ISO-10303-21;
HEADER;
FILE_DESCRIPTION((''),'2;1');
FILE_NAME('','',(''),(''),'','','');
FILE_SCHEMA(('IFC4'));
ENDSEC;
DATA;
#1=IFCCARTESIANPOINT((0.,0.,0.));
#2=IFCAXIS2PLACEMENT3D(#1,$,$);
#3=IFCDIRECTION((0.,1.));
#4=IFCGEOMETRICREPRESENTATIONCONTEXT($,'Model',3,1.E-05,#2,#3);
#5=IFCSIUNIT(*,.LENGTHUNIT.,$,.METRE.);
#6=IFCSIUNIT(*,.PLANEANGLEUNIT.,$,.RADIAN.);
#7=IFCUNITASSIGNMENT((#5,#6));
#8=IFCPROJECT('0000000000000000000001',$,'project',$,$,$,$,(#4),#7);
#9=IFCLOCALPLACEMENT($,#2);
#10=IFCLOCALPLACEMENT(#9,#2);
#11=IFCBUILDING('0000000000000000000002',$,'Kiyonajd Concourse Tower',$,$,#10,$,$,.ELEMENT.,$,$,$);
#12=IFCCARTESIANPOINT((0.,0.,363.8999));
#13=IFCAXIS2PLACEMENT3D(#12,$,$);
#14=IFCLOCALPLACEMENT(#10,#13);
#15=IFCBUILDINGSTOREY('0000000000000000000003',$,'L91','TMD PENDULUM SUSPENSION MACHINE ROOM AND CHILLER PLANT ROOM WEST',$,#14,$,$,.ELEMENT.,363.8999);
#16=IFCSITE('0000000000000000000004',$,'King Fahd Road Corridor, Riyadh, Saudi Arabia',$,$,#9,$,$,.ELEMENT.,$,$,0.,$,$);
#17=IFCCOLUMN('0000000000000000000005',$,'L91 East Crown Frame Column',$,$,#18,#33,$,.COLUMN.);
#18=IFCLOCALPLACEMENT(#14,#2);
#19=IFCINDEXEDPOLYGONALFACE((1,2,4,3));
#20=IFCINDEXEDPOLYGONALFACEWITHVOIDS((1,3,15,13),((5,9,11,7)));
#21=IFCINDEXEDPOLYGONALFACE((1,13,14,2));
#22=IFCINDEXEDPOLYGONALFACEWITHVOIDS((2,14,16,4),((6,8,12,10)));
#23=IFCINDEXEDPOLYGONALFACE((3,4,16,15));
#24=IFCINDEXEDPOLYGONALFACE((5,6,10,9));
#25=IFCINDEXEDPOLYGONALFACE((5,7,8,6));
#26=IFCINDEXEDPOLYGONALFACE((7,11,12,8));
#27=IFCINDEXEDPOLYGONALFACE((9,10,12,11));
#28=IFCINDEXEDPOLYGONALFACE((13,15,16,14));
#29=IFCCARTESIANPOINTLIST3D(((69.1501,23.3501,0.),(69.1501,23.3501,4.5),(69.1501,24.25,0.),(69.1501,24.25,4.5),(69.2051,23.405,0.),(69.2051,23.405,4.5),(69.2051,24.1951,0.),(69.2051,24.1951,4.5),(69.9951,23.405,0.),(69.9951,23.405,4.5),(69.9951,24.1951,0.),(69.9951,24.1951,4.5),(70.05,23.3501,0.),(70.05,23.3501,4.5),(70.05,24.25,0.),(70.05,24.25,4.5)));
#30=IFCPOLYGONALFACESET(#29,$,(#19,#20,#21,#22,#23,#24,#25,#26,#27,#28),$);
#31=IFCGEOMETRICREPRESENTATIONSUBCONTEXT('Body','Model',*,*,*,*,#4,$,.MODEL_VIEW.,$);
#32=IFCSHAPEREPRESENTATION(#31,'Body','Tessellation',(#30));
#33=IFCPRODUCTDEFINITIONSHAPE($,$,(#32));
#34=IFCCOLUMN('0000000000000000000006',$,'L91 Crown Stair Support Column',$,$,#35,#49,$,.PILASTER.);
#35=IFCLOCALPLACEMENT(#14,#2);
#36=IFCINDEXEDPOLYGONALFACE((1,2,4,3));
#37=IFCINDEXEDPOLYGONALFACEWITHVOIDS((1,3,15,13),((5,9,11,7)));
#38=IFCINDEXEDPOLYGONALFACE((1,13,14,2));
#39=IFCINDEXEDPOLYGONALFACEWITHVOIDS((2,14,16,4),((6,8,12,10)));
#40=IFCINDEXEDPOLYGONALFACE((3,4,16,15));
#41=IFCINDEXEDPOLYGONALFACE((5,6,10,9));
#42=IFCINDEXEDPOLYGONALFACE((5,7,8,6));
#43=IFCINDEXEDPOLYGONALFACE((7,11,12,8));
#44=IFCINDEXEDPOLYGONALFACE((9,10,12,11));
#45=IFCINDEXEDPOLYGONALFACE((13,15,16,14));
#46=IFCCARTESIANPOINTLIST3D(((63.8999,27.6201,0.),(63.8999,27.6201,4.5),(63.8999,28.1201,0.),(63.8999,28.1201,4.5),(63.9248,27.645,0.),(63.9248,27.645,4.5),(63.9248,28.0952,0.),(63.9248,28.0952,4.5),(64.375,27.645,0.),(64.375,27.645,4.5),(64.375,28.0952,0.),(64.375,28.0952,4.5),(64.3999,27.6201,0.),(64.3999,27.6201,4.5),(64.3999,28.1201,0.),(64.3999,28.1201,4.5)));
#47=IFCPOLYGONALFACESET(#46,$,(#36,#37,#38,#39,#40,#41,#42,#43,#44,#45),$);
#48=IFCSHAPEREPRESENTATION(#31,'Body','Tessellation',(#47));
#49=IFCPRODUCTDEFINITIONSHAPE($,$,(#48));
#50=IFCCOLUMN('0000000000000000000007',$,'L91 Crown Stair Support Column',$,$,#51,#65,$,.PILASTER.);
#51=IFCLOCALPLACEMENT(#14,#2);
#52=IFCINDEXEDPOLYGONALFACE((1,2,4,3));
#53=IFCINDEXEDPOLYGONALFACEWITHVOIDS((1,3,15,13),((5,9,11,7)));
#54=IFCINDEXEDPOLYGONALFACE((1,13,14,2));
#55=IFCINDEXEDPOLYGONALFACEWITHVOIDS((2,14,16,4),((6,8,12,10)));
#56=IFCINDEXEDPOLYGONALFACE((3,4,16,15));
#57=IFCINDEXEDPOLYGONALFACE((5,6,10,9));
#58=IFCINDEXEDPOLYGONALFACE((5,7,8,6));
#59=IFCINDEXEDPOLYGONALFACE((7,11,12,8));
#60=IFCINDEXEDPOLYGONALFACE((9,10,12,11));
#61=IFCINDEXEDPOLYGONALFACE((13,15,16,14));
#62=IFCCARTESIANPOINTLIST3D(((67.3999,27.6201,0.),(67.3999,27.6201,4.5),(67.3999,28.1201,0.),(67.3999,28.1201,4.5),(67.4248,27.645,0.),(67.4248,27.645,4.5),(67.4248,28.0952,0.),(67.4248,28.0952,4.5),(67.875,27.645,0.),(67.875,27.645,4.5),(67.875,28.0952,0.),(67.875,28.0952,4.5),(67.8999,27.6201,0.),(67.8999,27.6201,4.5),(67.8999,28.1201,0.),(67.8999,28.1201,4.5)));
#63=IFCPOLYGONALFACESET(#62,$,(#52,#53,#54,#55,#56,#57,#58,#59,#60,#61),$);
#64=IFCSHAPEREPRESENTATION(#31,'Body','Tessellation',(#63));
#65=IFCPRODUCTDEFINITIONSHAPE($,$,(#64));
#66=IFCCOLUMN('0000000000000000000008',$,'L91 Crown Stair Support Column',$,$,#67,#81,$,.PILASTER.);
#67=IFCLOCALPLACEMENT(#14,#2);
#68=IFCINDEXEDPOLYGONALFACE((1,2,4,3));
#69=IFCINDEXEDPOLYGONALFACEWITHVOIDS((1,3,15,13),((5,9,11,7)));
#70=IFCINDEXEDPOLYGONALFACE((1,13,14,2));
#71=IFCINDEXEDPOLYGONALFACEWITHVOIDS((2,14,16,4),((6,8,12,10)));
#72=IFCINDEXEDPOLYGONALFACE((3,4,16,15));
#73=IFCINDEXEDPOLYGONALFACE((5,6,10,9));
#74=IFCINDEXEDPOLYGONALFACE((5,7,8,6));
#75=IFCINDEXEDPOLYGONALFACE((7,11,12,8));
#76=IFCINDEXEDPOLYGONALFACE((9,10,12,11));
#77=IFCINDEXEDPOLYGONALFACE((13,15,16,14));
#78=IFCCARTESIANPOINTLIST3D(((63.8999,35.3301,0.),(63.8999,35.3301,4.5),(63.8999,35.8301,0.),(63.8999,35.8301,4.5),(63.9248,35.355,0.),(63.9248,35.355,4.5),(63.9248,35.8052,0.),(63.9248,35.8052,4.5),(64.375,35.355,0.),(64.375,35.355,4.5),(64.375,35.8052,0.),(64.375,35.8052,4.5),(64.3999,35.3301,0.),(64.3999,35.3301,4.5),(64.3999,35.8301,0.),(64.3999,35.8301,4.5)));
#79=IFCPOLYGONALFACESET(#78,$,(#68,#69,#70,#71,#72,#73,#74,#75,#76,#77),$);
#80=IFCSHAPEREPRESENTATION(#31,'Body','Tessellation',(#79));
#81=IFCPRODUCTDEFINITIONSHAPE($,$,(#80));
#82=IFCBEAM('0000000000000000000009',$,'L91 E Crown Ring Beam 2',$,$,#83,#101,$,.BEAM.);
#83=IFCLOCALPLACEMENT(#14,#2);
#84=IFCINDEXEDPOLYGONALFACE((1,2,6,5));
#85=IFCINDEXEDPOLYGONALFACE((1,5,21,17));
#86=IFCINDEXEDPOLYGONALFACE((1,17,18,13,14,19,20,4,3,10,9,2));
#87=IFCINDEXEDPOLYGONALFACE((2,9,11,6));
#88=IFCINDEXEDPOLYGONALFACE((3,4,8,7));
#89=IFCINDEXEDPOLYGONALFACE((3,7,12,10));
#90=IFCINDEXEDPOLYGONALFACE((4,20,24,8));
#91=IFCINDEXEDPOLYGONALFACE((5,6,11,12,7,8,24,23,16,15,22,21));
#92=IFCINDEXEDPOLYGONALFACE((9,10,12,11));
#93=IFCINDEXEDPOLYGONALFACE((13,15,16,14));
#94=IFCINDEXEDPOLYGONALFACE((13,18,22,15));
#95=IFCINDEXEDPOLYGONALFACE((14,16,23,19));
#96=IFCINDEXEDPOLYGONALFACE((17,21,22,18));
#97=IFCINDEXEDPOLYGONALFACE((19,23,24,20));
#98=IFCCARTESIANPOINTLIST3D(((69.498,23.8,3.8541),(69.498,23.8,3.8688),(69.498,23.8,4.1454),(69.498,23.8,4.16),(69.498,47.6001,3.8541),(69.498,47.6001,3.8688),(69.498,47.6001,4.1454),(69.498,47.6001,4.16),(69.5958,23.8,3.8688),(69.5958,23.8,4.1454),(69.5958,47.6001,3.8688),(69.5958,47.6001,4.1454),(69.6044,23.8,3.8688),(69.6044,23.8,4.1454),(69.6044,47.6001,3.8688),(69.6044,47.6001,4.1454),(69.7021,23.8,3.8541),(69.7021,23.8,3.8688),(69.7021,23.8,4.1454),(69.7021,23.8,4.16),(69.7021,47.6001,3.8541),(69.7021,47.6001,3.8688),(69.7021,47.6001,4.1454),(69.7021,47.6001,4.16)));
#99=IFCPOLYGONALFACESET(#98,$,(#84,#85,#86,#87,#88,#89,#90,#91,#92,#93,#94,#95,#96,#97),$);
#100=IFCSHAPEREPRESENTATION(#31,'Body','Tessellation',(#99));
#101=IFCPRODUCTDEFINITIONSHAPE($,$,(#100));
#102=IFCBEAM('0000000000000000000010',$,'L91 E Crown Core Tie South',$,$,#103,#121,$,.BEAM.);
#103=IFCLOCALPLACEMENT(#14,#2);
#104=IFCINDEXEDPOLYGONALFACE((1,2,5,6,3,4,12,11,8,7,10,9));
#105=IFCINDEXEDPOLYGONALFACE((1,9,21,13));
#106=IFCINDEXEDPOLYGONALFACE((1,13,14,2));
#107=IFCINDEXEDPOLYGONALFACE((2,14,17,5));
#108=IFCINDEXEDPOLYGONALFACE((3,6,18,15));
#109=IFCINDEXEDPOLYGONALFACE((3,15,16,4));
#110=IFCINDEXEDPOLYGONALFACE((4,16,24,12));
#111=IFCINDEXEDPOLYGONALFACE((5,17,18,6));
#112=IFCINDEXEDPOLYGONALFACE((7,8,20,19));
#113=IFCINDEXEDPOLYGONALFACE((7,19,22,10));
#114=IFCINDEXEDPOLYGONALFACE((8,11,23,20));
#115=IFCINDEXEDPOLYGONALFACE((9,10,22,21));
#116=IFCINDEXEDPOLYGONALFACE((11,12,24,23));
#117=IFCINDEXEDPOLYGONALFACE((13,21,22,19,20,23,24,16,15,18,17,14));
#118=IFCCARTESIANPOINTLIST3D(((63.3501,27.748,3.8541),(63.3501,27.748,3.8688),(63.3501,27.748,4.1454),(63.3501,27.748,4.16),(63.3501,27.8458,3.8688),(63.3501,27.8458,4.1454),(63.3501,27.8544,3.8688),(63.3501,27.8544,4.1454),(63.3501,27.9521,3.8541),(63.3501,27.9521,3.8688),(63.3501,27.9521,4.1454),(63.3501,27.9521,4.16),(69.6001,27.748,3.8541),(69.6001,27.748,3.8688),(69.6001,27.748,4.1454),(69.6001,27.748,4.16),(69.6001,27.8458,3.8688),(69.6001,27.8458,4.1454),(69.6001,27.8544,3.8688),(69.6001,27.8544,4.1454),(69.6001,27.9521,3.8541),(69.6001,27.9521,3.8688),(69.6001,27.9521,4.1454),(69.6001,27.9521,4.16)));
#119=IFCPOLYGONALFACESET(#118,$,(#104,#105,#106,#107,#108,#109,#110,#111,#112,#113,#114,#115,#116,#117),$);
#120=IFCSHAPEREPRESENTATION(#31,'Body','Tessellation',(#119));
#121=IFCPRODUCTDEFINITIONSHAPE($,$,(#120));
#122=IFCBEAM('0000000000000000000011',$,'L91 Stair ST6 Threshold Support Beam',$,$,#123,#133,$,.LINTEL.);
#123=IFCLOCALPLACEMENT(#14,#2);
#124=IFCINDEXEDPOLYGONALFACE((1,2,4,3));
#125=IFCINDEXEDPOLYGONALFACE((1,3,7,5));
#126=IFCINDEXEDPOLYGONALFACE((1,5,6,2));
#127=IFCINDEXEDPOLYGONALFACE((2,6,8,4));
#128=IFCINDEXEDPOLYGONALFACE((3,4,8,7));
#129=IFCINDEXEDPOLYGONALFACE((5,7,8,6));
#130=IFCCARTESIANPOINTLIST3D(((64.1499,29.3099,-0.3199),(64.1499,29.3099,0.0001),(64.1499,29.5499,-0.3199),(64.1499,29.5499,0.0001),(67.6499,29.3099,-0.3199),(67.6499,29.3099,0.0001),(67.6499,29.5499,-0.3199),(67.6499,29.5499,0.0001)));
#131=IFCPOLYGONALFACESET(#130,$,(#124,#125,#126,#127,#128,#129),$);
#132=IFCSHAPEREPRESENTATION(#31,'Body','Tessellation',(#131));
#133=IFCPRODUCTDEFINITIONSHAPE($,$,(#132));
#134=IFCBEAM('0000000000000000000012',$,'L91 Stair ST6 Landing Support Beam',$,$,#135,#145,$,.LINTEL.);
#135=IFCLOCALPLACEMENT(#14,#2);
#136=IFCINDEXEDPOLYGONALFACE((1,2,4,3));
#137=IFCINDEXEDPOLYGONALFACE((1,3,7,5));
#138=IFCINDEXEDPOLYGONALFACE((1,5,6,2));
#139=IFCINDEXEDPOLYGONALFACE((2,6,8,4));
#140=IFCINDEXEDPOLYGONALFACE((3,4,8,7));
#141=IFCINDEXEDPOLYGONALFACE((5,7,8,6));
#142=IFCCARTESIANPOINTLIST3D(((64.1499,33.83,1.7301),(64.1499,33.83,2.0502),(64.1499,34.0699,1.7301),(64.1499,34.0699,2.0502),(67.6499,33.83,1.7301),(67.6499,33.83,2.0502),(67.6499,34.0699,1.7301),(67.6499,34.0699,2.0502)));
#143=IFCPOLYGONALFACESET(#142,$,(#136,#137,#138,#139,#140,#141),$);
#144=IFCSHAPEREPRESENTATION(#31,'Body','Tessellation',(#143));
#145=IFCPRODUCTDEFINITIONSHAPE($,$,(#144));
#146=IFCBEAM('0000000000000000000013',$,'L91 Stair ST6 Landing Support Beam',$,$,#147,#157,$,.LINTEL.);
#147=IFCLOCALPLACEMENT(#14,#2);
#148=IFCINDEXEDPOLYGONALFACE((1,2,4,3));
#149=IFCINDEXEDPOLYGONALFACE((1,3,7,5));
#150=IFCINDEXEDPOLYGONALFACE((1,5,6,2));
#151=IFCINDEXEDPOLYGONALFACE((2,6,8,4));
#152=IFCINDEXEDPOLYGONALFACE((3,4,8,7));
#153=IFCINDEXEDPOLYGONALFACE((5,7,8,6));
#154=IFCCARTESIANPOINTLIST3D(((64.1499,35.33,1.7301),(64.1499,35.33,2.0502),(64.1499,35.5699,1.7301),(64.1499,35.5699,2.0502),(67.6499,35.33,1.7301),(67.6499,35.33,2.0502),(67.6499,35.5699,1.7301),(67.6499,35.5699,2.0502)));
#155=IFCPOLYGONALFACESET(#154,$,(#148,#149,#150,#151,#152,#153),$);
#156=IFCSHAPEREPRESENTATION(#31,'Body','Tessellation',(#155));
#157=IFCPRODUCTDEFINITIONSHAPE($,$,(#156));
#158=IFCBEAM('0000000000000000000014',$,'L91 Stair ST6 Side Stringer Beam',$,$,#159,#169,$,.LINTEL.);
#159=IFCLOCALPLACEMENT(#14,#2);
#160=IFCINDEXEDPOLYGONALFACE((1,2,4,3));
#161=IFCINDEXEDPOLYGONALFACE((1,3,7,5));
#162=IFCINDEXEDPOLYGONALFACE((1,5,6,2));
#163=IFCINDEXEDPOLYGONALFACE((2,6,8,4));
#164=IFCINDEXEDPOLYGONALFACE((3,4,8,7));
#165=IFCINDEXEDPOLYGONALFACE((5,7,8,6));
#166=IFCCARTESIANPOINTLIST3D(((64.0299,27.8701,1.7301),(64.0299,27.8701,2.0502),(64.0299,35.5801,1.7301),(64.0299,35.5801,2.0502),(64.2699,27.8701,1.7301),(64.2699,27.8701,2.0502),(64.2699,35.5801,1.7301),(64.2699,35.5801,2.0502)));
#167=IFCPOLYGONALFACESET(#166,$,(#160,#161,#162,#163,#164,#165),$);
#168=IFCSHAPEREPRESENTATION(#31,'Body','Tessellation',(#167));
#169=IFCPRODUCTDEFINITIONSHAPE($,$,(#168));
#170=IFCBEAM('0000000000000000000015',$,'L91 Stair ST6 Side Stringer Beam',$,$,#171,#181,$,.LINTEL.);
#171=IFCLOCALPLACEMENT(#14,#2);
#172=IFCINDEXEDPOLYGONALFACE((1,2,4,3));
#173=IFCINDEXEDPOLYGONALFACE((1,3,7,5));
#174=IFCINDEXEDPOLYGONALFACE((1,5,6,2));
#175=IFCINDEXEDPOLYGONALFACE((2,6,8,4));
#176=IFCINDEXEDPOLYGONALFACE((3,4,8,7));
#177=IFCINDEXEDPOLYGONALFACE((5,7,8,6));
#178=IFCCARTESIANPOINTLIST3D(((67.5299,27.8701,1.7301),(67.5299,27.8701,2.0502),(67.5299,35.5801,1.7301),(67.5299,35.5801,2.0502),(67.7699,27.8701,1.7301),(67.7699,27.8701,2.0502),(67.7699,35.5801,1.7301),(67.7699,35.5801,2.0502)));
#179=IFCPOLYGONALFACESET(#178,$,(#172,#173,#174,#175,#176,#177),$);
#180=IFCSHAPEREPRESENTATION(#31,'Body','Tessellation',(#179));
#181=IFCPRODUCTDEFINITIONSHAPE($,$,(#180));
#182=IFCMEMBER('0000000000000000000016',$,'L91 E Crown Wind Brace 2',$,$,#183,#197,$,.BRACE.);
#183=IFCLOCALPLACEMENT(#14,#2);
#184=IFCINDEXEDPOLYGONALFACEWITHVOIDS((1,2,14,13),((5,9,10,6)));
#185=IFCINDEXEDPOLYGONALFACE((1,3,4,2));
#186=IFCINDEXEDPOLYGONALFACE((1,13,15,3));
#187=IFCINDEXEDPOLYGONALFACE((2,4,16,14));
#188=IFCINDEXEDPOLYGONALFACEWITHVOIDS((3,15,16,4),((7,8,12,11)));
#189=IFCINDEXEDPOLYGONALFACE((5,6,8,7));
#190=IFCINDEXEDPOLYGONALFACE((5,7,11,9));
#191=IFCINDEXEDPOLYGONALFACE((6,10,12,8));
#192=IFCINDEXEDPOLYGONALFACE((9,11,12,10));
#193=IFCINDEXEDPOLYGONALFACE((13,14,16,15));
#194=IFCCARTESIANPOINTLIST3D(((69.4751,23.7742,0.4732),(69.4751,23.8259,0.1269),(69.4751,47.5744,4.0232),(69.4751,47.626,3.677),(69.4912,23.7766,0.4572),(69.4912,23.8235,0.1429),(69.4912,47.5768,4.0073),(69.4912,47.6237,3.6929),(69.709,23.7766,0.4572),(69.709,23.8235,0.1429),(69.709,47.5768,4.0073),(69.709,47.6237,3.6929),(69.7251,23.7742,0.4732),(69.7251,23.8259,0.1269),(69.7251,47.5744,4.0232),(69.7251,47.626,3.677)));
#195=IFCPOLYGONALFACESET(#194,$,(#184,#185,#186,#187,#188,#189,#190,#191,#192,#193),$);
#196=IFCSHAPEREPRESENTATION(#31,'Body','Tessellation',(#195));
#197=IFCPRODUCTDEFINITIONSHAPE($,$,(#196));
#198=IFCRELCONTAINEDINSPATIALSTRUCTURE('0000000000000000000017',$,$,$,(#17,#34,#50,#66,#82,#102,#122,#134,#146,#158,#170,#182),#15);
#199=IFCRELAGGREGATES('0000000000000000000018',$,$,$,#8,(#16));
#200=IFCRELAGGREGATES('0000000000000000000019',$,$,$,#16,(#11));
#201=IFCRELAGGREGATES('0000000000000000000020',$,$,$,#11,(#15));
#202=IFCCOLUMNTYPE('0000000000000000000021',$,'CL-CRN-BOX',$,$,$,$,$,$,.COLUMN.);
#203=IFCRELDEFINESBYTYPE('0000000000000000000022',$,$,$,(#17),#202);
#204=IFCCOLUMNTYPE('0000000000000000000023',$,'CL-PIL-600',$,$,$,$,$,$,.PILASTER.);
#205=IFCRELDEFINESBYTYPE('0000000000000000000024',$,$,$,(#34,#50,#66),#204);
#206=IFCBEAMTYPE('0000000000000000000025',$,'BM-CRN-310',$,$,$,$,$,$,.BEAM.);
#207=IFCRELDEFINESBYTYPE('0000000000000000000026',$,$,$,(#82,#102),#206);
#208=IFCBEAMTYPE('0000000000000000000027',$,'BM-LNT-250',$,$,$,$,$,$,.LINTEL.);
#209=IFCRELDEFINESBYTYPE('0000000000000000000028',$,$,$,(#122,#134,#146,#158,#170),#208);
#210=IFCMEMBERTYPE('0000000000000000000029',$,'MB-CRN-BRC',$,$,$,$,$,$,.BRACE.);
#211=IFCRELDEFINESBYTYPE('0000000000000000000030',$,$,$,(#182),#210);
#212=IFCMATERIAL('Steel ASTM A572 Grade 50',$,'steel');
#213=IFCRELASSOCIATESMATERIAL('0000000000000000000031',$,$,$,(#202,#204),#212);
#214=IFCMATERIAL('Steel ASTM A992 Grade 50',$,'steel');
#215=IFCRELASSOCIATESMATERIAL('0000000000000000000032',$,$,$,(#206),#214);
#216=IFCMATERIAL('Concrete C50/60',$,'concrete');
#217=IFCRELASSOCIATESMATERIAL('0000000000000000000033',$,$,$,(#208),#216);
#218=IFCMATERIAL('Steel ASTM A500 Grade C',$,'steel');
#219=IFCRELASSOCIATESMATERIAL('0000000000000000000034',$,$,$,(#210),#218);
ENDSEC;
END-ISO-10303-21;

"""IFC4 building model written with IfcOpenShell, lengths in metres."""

from ifc_helpers import new_model, si_unit, direction, frame, origin, origin_2d, place, context, subcontext, project, spatial, rectangle, hollow_rectangle, i_section, extrude, material, material_profile, profile_set, type_object, element, save


model = new_model("IFC4")

# Units and contexts
model_context = context("Model", 3, precision=1e-05, world=origin(), true_north=direction((0.0, 1.0)))
body_context = subcontext(model_context, "Body", "Model", "MODEL_VIEW")
ifc_project = project(units=[si_unit("LENGTHUNIT", "METRE"), si_unit("PLANEANGLEUNIT", "RADIAN")], contexts=[model_context])

# Site, building, storey
site_placement = place(None, origin())
site = spatial("IfcSite", under=ifc_project, at=site_placement, Name="King Fahd Road Corridor, Riyadh, Saudi Arabia", CompositionType="ELEMENT", RefElevation=0.0)
building_placement = place(site_placement, origin())
building = spatial("IfcBuilding", under=site, at=building_placement, Name="Kiyonajd Concourse Tower", CompositionType="ELEMENT")
storey_placement = place(building_placement, frame((0.0, 0.0, 363.8999)))
storey = spatial("IfcBuildingStorey", under=building, at=storey_placement, Name="L91", Description="TMD PENDULUM SUSPENSION MACHINE ROOM AND CHILLER PLANT ROOM WEST", CompositionType="ELEMENT", Elevation=363.8999)

# Columns
ifc_material_1 = material(Name="Steel ASTM A572 Grade 50", Category="steel")
ifc_material_profile_1 = material_profile(ifc_material_1, hollow_rectangle(XDim=0.8999, YDim=0.8999, WallThickness=0.0549, at=origin_2d()), Name="BOX-900x900x55")
ifc_profile_set_1 = profile_set([ifc_material_profile_1], Name="Steel ASTM A572 Grade 50")
column_type_1 = type_object("IfcColumnType", Name="CL-CRN-BOX", PredefinedType="COLUMN", material=ifc_profile_set_1)
column_placement = place(storey_placement, frame((69.6001, 23.8, 0.0), z_axis=(0.0, 0.0, 1.0), x_axis=(1.0, 0.0, 0.0)))
element("IfcColumn", 1, at=column_placement, inside=storey, type_object=column_type_1, Name="L91 East Crown Frame Column", PredefinedType="COLUMN", context=body_context, shape_type="SweptSolid", body=[
    extrude(hollow_rectangle(XDim=0.8999, YDim=0.8999, WallThickness=0.0549, at=origin_2d()), origin(), (0.0, 0.0, 1.0), 4.5),
])
ifc_material_profile_2 = material_profile(ifc_material_1, hollow_rectangle(XDim=0.5, YDim=0.5, WallThickness=0.0249, at=origin_2d()), Name="HSS-500x500x25")
ifc_profile_set_2 = profile_set([ifc_material_profile_2], Name="Steel ASTM A572 Grade 50")
column_type_2 = type_object("IfcColumnType", Name="CL-PIL-600", PredefinedType="PILASTER", material=ifc_profile_set_2)
for number, where, z_axis, x_axis, name in (
    (2, (64.1499, 27.8701, 0.0), (0.0, 0.0, 1.0), (1.0, 0.0, 0.0), "L91 Crown Stair Support Column"),
    (3, (67.6499, 27.8701, 0.0), (0.0, 0.0, 1.0), (1.0, 0.0, 0.0), "L91 Crown Stair Support Column"),
    (4, (64.1499, 35.5801, 0.0), (0.0, 0.0, 1.0), (1.0, 0.0, 0.0), "L91 Crown Stair Support Column"),
):
    element("IfcColumn", number, at=place(storey_placement, frame(where, z_axis=z_axis, x_axis=x_axis)), inside=storey, type_object=column_type_2, Name=name, PredefinedType="PILASTER", context=body_context, shape_type="SweptSolid", body=[
        extrude(hollow_rectangle(XDim=0.5, YDim=0.5, WallThickness=0.0249, at=origin_2d()), origin(), (0.0, 0.0, 1.0), 4.5),
    ])

# Beams
ifc_material_2 = material(Name="Steel ASTM A992 Grade 50", Category="steel")
ifc_material_profile_3 = material_profile(ifc_material_2, i_section(OverallWidth=0.2041, OverallDepth=0.3059, WebThickness=0.0085, FlangeThickness=0.0146, at=origin_2d()), Name="W310X67")
ifc_profile_set_3 = profile_set([ifc_material_profile_3], Name="Steel ASTM A992 Grade 50")
beam_type_1 = type_object("IfcBeamType", Name="BM-CRN-310", PredefinedType="BEAM", material=ifc_profile_set_3)
beam_1_placement = place(storey_placement, frame((69.6001, 23.8, 4.0071), z_axis=(0.0, 1.0, 0.0), x_axis=(-1.0, 0.0, 0.0)))
element("IfcBeam", 5, at=beam_1_placement, inside=storey, type_object=beam_type_1, Name="L91 E Crown Ring Beam 2", PredefinedType="BEAM", context=body_context, shape_type="SweptSolid", body=[
    extrude(i_section(OverallWidth=0.2041, OverallDepth=0.3059, WebThickness=0.0085, FlangeThickness=0.0146, at=origin_2d()), origin(), (0.0, 0.0, 1.0), 23.8),
])
beam_2_placement = place(storey_placement, frame((63.3501, 27.8501, 4.0071), z_axis=(1.0, 0.0, 0.0), x_axis=(0.0, 1.0, 0.0)))
element("IfcBeam", 6, at=beam_2_placement, inside=storey, type_object=beam_type_1, Name="L91 E Crown Core Tie South", PredefinedType="BEAM", context=body_context, shape_type="SweptSolid", body=[
    extrude(i_section(OverallWidth=0.2041, OverallDepth=0.3059, WebThickness=0.0085, FlangeThickness=0.0146, at=origin_2d()), origin(), (0.0, 0.0, 1.0), 6.25),
])
ifc_material_3 = material(Name="Concrete C50/60", Category="concrete")
ifc_material_profile_4 = material_profile(ifc_material_3, rectangle(XDim=0.24, YDim=0.3201, at=origin_2d()), Name="RCBM-240x320")
ifc_profile_set_4 = profile_set([ifc_material_profile_4], Name="Concrete C50/60")
beam_type_2 = type_object("IfcBeamType", Name="BM-LNT-250", PredefinedType="LINTEL", material=ifc_profile_set_4)
for number, where, z_axis, x_axis, name in (
    (7, (64.1499, 29.4299, -0.1599), (1.0, 0.0, 0.0), (0.0, 1.0, 0.0), "L91 Stair ST6 Threshold Support Beam"),
    (8, (64.1499, 33.95, 1.8901), (1.0, 0.0, 0.0), (0.0, 1.0, 0.0), "L91 Stair ST6 Landing Support Beam"),
    (9, (64.1499, 35.45, 1.8901), (1.0, 0.0, 0.0), (0.0, 1.0, 0.0), "L91 Stair ST6 Landing Support Beam"),
):
    element("IfcBeam", number, at=place(storey_placement, frame(where, z_axis=z_axis, x_axis=x_axis)), inside=storey, type_object=beam_type_2, Name=name, PredefinedType="LINTEL", context=body_context, shape_type="SweptSolid", body=[
        extrude(rectangle(XDim=0.24, YDim=0.3201, at=origin_2d()), origin(), (0.0, 0.0, 1.0), 3.5),
    ])
for number, where, z_axis, x_axis, name in (
    (10, (64.1499, 27.8701, 1.8901), (0.0, 1.0, 0.0), (-1.0, 0.0, 0.0), "L91 Stair ST6 Side Stringer Beam"),
    (11, (67.6499, 27.8701, 1.8901), (0.0, 1.0, 0.0), (-1.0, 0.0, 0.0), "L91 Stair ST6 Side Stringer Beam"),
):
    element("IfcBeam", number, at=place(storey_placement, frame(where, z_axis=z_axis, x_axis=x_axis)), inside=storey, type_object=beam_type_2, Name=name, PredefinedType="LINTEL", context=body_context, shape_type="SweptSolid", body=[
        extrude(rectangle(XDim=0.24, YDim=0.3201, at=origin_2d()), origin(), (0.0, 0.0, 1.0), 7.71),
    ])

# Member
ifc_material_4 = material(Name="Steel ASTM A500 Grade C", Category="steel")
ifc_material_profile_5 = material_profile(ifc_material_4, hollow_rectangle(XDim=0.25, YDim=0.3501, WallThickness=0.0161, at=origin_2d()), Name="HSS-350x250x16")
ifc_profile_set_5 = profile_set([ifc_material_profile_5], Name="Steel ASTM A500 Grade C")
member_type = type_object("IfcMemberType", Name="MB-CRN-BRC", PredefinedType="BRACE", material=ifc_profile_set_5)
member_placement = place(storey_placement, frame((69.6001, 23.8, 0.3), z_axis=(0.0, 0.989058, 0.147529), x_axis=(-1.0, 0.0, 0.0)))
element("IfcMember", 12, at=member_placement, inside=storey, type_object=member_type, Name="L91 E Crown Wind Brace 2", PredefinedType="BRACE", context=body_context, shape_type="SweptSolid", body=[
    extrude(hollow_rectangle(XDim=0.25, YDim=0.3501, WallThickness=0.0161, at=origin_2d()), origin(), (0.0, 0.0, 1.0), 24.0635),
])

save(model, "model.ifc")
